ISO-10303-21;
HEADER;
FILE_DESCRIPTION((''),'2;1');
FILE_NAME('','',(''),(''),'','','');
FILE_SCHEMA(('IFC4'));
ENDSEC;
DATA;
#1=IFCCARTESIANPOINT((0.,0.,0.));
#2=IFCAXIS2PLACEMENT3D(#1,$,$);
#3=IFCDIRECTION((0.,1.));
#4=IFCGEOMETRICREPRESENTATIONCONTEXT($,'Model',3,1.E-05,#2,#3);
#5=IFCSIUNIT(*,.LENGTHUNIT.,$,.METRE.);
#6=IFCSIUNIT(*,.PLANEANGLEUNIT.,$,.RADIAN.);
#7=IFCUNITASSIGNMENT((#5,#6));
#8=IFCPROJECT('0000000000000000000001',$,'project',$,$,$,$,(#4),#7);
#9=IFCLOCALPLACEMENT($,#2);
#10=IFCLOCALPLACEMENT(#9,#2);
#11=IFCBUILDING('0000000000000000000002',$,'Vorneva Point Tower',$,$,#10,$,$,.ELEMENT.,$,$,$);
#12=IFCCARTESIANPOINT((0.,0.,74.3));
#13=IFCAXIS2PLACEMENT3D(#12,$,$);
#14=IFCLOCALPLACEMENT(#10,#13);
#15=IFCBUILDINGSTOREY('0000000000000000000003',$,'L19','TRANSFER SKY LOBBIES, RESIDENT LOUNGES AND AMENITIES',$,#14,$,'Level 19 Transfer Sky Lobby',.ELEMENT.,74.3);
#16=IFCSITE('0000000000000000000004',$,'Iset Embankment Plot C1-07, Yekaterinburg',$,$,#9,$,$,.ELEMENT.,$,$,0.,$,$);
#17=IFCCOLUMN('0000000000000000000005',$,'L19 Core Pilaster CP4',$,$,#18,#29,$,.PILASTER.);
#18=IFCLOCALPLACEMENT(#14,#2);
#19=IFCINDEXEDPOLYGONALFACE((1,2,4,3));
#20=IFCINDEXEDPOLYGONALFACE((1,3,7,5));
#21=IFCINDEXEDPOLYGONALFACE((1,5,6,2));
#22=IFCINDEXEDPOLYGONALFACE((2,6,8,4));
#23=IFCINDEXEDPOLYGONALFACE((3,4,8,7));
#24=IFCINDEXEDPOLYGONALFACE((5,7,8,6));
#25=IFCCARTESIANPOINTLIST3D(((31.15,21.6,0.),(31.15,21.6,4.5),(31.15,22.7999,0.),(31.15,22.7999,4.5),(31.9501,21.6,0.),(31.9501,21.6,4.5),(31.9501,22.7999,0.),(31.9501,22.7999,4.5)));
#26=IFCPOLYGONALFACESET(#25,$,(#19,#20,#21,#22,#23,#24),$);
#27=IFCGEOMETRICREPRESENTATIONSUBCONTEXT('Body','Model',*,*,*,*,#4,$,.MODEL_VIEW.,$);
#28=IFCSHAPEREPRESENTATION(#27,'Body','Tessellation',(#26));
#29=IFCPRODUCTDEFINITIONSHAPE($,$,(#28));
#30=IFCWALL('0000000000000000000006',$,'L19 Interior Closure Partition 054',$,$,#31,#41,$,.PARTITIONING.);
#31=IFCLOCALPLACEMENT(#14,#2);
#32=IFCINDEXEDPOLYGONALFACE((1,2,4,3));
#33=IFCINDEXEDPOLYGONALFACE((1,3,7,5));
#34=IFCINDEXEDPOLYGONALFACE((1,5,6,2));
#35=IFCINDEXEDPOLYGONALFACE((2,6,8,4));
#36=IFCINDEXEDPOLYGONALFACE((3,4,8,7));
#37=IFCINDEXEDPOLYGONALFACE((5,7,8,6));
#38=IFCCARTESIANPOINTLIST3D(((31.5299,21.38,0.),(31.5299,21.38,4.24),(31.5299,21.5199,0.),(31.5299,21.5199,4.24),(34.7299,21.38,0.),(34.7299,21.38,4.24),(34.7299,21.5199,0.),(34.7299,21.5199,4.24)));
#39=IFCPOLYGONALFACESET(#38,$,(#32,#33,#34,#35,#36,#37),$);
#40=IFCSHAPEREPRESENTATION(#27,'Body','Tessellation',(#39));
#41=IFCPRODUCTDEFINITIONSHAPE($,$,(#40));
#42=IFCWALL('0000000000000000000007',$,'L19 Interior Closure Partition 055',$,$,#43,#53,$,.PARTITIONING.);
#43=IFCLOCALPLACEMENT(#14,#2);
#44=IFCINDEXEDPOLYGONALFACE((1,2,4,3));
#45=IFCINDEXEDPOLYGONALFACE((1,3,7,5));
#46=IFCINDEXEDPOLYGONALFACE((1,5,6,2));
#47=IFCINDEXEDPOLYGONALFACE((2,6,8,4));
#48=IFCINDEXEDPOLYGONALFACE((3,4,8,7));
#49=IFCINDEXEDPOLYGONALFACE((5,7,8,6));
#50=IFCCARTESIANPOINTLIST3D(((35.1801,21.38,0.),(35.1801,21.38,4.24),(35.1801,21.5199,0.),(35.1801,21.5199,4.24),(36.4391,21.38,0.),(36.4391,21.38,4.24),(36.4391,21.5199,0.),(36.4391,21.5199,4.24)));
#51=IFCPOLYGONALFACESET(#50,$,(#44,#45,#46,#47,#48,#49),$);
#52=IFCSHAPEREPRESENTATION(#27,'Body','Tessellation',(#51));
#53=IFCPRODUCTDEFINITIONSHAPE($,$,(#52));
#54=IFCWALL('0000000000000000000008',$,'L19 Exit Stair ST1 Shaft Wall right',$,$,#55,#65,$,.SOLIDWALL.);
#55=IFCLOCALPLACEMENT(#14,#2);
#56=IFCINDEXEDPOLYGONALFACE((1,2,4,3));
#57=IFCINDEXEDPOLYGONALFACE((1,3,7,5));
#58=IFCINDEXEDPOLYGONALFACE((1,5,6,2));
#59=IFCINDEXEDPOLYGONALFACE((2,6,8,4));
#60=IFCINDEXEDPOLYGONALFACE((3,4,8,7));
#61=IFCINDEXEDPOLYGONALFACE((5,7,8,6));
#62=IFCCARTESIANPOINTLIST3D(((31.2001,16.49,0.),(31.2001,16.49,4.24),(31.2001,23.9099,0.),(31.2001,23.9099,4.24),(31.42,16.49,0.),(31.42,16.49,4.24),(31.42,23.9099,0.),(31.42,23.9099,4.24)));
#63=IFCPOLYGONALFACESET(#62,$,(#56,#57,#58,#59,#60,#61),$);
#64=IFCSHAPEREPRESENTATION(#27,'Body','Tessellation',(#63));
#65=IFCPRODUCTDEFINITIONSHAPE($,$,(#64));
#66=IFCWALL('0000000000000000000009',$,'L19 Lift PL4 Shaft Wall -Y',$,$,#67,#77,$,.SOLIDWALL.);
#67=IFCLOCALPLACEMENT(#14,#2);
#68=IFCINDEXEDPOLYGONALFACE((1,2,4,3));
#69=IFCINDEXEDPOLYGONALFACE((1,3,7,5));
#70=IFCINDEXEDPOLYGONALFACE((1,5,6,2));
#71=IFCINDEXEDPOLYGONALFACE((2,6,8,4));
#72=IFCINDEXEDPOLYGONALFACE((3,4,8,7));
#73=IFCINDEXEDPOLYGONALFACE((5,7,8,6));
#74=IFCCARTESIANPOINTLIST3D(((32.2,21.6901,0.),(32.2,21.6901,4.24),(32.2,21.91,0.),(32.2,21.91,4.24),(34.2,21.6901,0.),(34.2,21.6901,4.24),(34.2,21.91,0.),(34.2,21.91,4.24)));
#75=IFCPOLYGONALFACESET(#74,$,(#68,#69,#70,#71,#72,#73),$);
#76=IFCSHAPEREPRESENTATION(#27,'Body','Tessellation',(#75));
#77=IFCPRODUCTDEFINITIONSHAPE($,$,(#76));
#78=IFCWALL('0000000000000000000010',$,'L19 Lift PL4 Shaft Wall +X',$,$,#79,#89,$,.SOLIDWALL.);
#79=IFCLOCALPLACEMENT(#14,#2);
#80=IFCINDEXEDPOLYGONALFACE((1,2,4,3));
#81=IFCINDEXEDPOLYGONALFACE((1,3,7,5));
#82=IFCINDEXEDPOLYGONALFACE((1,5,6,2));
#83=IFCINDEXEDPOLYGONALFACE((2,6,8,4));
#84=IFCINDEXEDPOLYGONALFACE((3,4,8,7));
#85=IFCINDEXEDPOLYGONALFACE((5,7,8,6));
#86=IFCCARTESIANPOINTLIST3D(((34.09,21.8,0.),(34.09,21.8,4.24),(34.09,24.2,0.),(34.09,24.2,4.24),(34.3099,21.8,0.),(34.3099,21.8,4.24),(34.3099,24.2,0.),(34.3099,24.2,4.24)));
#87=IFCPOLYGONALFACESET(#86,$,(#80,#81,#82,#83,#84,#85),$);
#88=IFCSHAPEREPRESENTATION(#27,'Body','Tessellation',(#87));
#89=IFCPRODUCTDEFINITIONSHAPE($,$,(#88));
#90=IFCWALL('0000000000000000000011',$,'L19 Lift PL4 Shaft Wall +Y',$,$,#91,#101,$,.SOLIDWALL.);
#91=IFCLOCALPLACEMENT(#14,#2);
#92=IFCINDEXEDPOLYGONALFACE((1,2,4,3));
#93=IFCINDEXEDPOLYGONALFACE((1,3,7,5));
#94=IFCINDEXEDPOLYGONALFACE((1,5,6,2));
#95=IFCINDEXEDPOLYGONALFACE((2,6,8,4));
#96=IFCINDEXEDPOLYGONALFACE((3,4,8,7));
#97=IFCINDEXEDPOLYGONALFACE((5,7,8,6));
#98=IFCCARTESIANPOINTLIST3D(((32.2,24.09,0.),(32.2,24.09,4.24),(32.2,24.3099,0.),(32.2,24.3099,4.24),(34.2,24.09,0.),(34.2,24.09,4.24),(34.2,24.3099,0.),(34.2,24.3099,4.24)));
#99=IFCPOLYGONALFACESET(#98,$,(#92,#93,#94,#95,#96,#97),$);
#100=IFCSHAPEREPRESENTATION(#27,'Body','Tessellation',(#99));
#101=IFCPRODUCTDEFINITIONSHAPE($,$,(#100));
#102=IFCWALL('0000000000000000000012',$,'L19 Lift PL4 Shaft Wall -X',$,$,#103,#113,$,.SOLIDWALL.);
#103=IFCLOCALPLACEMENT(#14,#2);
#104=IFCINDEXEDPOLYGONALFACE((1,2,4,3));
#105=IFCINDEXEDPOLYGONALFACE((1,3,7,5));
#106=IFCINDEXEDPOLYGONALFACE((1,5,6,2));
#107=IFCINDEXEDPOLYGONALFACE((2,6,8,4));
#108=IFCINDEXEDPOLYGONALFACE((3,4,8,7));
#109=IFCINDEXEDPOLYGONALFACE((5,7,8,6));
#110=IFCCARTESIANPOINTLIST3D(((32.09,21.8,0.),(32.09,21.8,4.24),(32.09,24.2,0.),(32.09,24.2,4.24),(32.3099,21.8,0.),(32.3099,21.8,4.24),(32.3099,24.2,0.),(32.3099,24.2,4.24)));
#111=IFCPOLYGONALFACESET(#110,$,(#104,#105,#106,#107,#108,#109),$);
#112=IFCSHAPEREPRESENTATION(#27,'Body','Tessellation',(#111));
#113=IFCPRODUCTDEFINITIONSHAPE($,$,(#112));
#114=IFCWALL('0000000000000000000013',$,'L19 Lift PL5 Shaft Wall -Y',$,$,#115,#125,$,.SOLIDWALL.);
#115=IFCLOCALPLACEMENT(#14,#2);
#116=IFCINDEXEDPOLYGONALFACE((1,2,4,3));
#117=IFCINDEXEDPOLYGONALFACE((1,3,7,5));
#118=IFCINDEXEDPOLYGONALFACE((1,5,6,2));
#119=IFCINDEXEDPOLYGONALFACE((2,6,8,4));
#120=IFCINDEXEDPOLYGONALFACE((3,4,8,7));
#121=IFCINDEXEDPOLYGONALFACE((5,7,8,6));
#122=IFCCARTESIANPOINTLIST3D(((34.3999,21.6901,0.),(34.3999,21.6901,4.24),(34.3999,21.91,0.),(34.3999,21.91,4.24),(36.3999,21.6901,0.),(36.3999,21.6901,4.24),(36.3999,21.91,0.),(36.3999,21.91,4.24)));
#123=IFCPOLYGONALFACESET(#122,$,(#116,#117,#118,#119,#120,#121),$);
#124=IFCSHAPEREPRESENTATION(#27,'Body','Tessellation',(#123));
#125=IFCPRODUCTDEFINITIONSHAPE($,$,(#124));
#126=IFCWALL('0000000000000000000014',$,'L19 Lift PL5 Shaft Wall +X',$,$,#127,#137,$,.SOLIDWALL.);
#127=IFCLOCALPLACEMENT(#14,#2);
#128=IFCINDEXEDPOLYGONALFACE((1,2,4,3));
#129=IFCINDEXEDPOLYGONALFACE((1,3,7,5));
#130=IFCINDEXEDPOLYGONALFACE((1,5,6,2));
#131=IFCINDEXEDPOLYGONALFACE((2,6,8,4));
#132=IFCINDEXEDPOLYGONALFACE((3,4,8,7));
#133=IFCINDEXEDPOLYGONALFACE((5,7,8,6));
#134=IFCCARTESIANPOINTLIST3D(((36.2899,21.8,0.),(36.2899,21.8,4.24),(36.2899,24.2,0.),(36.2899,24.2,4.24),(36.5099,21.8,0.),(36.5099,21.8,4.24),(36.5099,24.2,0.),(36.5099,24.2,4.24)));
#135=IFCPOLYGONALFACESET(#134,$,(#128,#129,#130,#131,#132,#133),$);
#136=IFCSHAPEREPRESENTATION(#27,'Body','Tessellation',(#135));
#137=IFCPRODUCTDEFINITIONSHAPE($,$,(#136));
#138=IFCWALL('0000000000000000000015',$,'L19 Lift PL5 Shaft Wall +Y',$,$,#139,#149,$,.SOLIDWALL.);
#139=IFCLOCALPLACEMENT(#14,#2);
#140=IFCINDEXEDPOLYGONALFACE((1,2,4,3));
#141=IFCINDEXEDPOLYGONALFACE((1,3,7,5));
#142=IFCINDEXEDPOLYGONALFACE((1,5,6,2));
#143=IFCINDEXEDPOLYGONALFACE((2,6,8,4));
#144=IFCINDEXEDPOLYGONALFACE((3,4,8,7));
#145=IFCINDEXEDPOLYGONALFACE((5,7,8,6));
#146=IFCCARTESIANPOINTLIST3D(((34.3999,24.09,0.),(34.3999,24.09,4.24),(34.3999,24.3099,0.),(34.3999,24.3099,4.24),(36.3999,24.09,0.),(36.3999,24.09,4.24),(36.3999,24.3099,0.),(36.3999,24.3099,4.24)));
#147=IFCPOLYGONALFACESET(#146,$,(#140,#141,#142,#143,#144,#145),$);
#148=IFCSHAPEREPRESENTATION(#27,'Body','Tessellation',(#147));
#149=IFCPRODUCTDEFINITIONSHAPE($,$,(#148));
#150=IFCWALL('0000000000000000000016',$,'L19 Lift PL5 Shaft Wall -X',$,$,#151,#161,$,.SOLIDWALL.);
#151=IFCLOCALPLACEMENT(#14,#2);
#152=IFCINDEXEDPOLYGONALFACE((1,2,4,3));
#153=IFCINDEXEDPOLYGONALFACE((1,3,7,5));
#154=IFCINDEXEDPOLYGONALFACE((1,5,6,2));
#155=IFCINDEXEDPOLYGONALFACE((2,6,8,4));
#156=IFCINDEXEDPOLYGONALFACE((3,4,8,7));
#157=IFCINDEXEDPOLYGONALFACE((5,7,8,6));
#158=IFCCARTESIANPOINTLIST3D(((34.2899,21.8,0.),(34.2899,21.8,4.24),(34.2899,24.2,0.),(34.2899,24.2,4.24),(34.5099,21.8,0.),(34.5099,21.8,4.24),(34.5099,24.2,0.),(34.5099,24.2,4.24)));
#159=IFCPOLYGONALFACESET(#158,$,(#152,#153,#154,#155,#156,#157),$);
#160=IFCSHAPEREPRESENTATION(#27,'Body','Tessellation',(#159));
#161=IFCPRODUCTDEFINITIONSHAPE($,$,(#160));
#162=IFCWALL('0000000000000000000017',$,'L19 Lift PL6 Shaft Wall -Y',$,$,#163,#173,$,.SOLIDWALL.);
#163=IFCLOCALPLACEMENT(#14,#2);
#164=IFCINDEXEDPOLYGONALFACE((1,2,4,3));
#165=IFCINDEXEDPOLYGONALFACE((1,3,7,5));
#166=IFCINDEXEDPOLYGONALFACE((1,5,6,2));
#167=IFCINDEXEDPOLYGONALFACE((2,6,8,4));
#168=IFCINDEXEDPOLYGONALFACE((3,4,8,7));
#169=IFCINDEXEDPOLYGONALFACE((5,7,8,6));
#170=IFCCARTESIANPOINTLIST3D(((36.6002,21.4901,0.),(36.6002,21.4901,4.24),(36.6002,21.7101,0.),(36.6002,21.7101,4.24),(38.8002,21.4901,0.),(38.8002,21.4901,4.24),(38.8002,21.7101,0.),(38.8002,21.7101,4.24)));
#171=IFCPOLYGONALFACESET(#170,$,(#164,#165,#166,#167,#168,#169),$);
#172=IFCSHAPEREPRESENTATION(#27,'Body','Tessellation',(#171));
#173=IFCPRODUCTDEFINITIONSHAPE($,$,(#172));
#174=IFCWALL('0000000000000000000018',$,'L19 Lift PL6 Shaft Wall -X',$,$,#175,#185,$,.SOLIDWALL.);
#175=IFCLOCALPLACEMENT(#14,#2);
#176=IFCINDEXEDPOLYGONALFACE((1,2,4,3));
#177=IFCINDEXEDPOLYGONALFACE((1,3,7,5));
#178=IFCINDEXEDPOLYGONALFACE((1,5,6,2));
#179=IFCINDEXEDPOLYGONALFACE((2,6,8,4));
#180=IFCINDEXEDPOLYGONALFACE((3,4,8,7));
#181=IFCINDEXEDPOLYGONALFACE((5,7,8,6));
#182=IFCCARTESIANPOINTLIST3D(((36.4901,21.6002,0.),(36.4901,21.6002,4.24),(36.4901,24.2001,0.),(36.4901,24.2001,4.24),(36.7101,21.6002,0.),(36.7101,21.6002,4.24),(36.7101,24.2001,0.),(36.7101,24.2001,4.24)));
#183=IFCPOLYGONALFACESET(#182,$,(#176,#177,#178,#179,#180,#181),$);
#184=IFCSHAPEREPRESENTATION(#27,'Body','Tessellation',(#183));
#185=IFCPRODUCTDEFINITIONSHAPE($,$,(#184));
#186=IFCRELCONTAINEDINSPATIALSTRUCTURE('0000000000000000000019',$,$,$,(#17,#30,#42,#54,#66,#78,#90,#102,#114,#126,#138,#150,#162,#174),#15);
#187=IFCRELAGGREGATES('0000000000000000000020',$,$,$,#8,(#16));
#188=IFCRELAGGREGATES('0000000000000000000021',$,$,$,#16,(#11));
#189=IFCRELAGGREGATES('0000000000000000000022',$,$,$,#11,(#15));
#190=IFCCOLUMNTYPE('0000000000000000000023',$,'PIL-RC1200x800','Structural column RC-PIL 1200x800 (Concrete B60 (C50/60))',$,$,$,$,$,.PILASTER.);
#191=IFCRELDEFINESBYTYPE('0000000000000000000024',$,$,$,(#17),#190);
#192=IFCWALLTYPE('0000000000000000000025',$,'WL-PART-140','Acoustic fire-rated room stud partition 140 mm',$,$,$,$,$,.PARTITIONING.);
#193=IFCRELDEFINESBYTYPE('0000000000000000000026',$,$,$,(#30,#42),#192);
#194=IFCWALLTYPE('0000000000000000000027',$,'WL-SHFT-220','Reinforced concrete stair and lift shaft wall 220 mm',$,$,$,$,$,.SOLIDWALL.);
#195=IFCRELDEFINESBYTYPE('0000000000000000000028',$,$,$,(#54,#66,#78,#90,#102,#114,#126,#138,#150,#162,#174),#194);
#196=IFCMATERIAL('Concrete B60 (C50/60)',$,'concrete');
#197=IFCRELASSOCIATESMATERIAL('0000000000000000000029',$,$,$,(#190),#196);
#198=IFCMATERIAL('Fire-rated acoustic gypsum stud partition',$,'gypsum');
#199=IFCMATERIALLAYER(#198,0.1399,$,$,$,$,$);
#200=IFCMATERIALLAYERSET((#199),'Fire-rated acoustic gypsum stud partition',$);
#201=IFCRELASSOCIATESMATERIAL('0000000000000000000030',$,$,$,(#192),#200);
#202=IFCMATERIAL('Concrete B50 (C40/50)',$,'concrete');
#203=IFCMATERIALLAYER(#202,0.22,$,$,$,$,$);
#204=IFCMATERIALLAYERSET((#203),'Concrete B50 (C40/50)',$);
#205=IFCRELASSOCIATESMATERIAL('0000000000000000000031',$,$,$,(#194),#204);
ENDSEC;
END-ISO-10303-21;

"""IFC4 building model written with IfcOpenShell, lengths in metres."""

from ifc_helpers import new_model, si_unit, direction, frame, frame_2d, origin, origin_2d, place, context, subcontext, project, spatial, rectangle, extrude, material, layer, layer_set, material_profile, profile_set, type_object, element, save


model = new_model("IFC4")

# Units and contexts
model_context = context("Model", 3, precision=1e-05, world=origin(), true_north=direction((0.0, 1.0)))
body_context = subcontext(model_context, "Body", "Model", "MODEL_VIEW")
ifc_project = project(units=[si_unit("LENGTHUNIT", "METRE"), si_unit("PLANEANGLEUNIT", "RADIAN")], contexts=[model_context])

# Site, building, storey
site_placement = place(None, origin())
site = spatial("IfcSite", under=ifc_project, at=site_placement, Name="Iset Embankment Plot C1-07, Yekaterinburg", CompositionType="ELEMENT", RefElevation=0.0)
building_placement = place(site_placement, origin())
building = spatial("IfcBuilding", under=site, at=building_placement, Name="Vorneva Point Tower", CompositionType="ELEMENT")
storey_placement = place(building_placement, frame((0.0, 0.0, 74.3)))
storey = spatial("IfcBuildingStorey", under=building, at=storey_placement, Name="L19", Description="TRANSFER SKY LOBBIES, RESIDENT LOUNGES AND AMENITIES", LongName="Level 19 Transfer Sky Lobby", CompositionType="ELEMENT", Elevation=74.3)

# Column
ifc_material_1 = material(Name="Concrete B60 (C50/60)", Category="concrete")
ifc_material_profile = material_profile(ifc_material_1, rectangle(XDim=0.8, YDim=1.2, at=origin_2d()), Name="RC-PIL 1200x800")
ifc_profile_set = profile_set([ifc_material_profile], Name="Concrete B60 (C50/60)")
column_type = type_object("IfcColumnType", Name="PIL-RC1200x800", Description="Structural column RC-PIL 1200x800 (Concrete B60 (C50/60))", PredefinedType="PILASTER", material=ifc_profile_set)
column_placement = place(storey_placement, frame((31.55, 22.2, 0.0), z_axis=(0.0, 0.0, 1.0), x_axis=(1.0, 0.0, 0.0)))
element("IfcColumn", 1, at=column_placement, inside=storey, type_object=column_type, Name="L19 Core Pilaster CP4", PredefinedType="PILASTER", context=body_context, shape_type="SweptSolid", body=[
    extrude(rectangle(XDim=0.8, YDim=1.2, at=origin_2d()), origin(), (0.0, 0.0, 1.0), 4.5),
])

# Walls
ifc_material_2 = material(Name="Fire-rated acoustic gypsum stud partition", Category="gypsum")
ifc_layer_1 = layer(ifc_material_2, 0.1399)
ifc_layer_set_1 = layer_set([ifc_layer_1], Name="Fire-rated acoustic gypsum stud partition")
wall_type_1 = type_object("IfcWallType", Name="WL-PART-140", Description="Acoustic fire-rated room stud partition 140 mm", PredefinedType="PARTITIONING", material=ifc_layer_set_1)
wall_1_placement = place(storey_placement, frame((34.73, 21.45, 0.0), z_axis=(0.0, 0.0, 1.0), x_axis=(-1.0, 0.0, 0.0)))
element("IfcWall", 2, at=wall_1_placement, inside=storey, type_object=wall_type_1, Name="L19 Interior Closure Partition 054", PredefinedType="PARTITIONING", context=body_context, shape_type="SweptSolid", body=[
    extrude(rectangle(XDim=3.2, YDim=0.1399, at=frame_2d((1.6001, 0.0))), origin(), (0.0, 0.0, 1.0), 4.24),
])
wall_2_placement = place(storey_placement, frame((36.439, 21.45, 0.0), z_axis=(0.0, 0.0, 1.0), x_axis=(-1.0, 0.0, 0.0)))
element("IfcWall", 3, at=wall_2_placement, inside=storey, type_object=wall_type_1, Name="L19 Interior Closure Partition 055", PredefinedType="PARTITIONING", context=body_context, shape_type="SweptSolid", body=[
    extrude(rectangle(XDim=1.259, YDim=0.1399, at=frame_2d((0.6294, 0.0))), origin(), (0.0, 0.0, 1.0), 4.24),
])

# Walls
ifc_material_3 = material(Name="Concrete B50 (C40/50)", Category="concrete")
ifc_layer_2 = layer(ifc_material_3, 0.22)
ifc_layer_set_2 = layer_set([ifc_layer_2], Name="Concrete B50 (C40/50)")
wall_type_2 = type_object("IfcWallType", Name="WL-SHFT-220", Description="Reinforced concrete stair and lift shaft wall 220 mm", PredefinedType="SOLIDWALL", material=ifc_layer_set_2)
wall_3_placement = place(storey_placement, frame((31.3101, 23.9099, 0.0), z_axis=(0.0, 0.0, 1.0), x_axis=(0.0, -1.0, 0.0)))
element("IfcWall", 4, at=wall_3_placement, inside=storey, type_object=wall_type_2, Name="L19 Exit Stair ST1 Shaft Wall right", PredefinedType="SOLIDWALL", context=body_context, shape_type="SweptSolid", body=[
    extrude(rectangle(XDim=7.4199, YDim=0.22, at=frame_2d((3.71, 0.0))), origin(), (0.0, 0.0, 1.0), 4.24),
])
wall_4_placement = place(storey_placement, frame((32.2, 21.8, 0.0), z_axis=(0.0, 0.0, 1.0), x_axis=(1.0, 0.0, 0.0)))
element("IfcWall", 5, at=wall_4_placement, inside=storey, type_object=wall_type_2, Name="L19 Lift PL4 Shaft Wall -Y", PredefinedType="SOLIDWALL", context=body_context, shape_type="SweptSolid", body=[
    extrude(rectangle(XDim=2.0, YDim=0.22, at=frame_2d((1.0, 0.0))), origin(), (0.0, 0.0, 1.0), 4.24),
])
wall_5_placement = place(storey_placement, frame((34.2, 21.8, 0.0), z_axis=(0.0, 0.0, 1.0), x_axis=(0.0, 1.0, 0.0)))
element("IfcWall", 6, at=wall_5_placement, inside=storey, type_object=wall_type_2, Name="L19 Lift PL4 Shaft Wall +X", PredefinedType="SOLIDWALL", context=body_context, shape_type="SweptSolid", body=[
    extrude(rectangle(XDim=2.3999, YDim=0.22, at=frame_2d((1.2, 0.0))), origin(), (0.0, 0.0, 1.0), 4.24),
])
wall_6_placement = place(storey_placement, frame((34.2, 24.2, 0.0), z_axis=(0.0, 0.0, 1.0), x_axis=(-1.0, 0.0, 0.0)))
element("IfcWall", 7, at=wall_6_placement, inside=storey, type_object=wall_type_2, Name="L19 Lift PL4 Shaft Wall +Y", PredefinedType="SOLIDWALL", context=body_context, shape_type="SweptSolid", body=[
    extrude(rectangle(XDim=2.0, YDim=0.22, at=frame_2d((1.0, 0.0))), origin(), (0.0, 0.0, 1.0), 4.24),
])
wall_7_placement = place(storey_placement, frame((32.2, 24.2, 0.0), z_axis=(0.0, 0.0, 1.0), x_axis=(0.0, -1.0, 0.0)))
element("IfcWall", 8, at=wall_7_placement, inside=storey, type_object=wall_type_2, Name="L19 Lift PL4 Shaft Wall -X", PredefinedType="SOLIDWALL", context=body_context, shape_type="SweptSolid", body=[
    extrude(rectangle(XDim=2.3999, YDim=0.22, at=frame_2d((1.2, 0.0))), origin(), (0.0, 0.0, 1.0), 4.24),
])
wall_8_placement = place(storey_placement, frame((34.3999, 21.8, 0.0), z_axis=(0.0, 0.0, 1.0), x_axis=(1.0, 0.0, 0.0)))
element("IfcWall", 9, at=wall_8_placement, inside=storey, type_object=wall_type_2, Name="L19 Lift PL5 Shaft Wall -Y", PredefinedType="SOLIDWALL", context=body_context, shape_type="SweptSolid", body=[
    extrude(rectangle(XDim=2.0, YDim=0.22, at=frame_2d((1.0, 0.0))), origin(), (0.0, 0.0, 1.0), 4.24),
])
wall_9_placement = place(storey_placement, frame((36.3999, 21.8, 0.0), z_axis=(0.0, 0.0, 1.0), x_axis=(0.0, 1.0, 0.0)))
element("IfcWall", 10, at=wall_9_placement, inside=storey, type_object=wall_type_2, Name="L19 Lift PL5 Shaft Wall +X", PredefinedType="SOLIDWALL", context=body_context, shape_type="SweptSolid", body=[
    extrude(rectangle(XDim=2.3999, YDim=0.22, at=frame_2d((1.2, 0.0))), origin(), (0.0, 0.0, 1.0), 4.24),
])
wall_10_placement = place(storey_placement, frame((36.3999, 24.2, 0.0), z_axis=(0.0, 0.0, 1.0), x_axis=(-1.0, 0.0, 0.0)))
element("IfcWall", 11, at=wall_10_placement, inside=storey, type_object=wall_type_2, Name="L19 Lift PL5 Shaft Wall +Y", PredefinedType="SOLIDWALL", context=body_context, shape_type="SweptSolid", body=[
    extrude(rectangle(XDim=2.0, YDim=0.22, at=frame_2d((1.0, 0.0))), origin(), (0.0, 0.0, 1.0), 4.24),
])
wall_11_placement = place(storey_placement, frame((34.3999, 24.2, 0.0), z_axis=(0.0, 0.0, 1.0), x_axis=(0.0, -1.0, 0.0)))
element("IfcWall", 12, at=wall_11_placement, inside=storey, type_object=wall_type_2, Name="L19 Lift PL5 Shaft Wall -X", PredefinedType="SOLIDWALL", context=body_context, shape_type="SweptSolid", body=[
    extrude(rectangle(XDim=2.3999, YDim=0.22, at=frame_2d((1.2, 0.0))), origin(), (0.0, 0.0, 1.0), 4.24),
])
wall_12_placement = place(storey_placement, frame((36.6001, 21.6001, 0.0), z_axis=(0.0, 0.0, 1.0), x_axis=(1.0, 0.0, 0.0)))
element("IfcWall", 13, at=wall_12_placement, inside=storey, type_object=wall_type_2, Name="L19 Lift PL6 Shaft Wall -Y", PredefinedType="SOLIDWALL", context=body_context, shape_type="SweptSolid", body=[
    extrude(rectangle(XDim=2.2, YDim=0.22, at=frame_2d((1.1001, 0.0))), origin(), (0.0, 0.0, 1.0), 4.24),
])
wall_13_placement = place(storey_placement, frame((36.6001, 24.2, 0.0), z_axis=(0.0, 0.0, 1.0), x_axis=(0.0, -1.0, 0.0)))
element("IfcWall", 14, at=wall_13_placement, inside=storey, type_object=wall_type_2, Name="L19 Lift PL6 Shaft Wall -X", PredefinedType="SOLIDWALL", context=body_context, shape_type="SweptSolid", body=[
    extrude(rectangle(XDim=2.5999, YDim=0.22, at=frame_2d((1.2998, 0.0))), origin(), (0.0, 0.0, 1.0), 4.24),
])

save(model, "model.ifc")
